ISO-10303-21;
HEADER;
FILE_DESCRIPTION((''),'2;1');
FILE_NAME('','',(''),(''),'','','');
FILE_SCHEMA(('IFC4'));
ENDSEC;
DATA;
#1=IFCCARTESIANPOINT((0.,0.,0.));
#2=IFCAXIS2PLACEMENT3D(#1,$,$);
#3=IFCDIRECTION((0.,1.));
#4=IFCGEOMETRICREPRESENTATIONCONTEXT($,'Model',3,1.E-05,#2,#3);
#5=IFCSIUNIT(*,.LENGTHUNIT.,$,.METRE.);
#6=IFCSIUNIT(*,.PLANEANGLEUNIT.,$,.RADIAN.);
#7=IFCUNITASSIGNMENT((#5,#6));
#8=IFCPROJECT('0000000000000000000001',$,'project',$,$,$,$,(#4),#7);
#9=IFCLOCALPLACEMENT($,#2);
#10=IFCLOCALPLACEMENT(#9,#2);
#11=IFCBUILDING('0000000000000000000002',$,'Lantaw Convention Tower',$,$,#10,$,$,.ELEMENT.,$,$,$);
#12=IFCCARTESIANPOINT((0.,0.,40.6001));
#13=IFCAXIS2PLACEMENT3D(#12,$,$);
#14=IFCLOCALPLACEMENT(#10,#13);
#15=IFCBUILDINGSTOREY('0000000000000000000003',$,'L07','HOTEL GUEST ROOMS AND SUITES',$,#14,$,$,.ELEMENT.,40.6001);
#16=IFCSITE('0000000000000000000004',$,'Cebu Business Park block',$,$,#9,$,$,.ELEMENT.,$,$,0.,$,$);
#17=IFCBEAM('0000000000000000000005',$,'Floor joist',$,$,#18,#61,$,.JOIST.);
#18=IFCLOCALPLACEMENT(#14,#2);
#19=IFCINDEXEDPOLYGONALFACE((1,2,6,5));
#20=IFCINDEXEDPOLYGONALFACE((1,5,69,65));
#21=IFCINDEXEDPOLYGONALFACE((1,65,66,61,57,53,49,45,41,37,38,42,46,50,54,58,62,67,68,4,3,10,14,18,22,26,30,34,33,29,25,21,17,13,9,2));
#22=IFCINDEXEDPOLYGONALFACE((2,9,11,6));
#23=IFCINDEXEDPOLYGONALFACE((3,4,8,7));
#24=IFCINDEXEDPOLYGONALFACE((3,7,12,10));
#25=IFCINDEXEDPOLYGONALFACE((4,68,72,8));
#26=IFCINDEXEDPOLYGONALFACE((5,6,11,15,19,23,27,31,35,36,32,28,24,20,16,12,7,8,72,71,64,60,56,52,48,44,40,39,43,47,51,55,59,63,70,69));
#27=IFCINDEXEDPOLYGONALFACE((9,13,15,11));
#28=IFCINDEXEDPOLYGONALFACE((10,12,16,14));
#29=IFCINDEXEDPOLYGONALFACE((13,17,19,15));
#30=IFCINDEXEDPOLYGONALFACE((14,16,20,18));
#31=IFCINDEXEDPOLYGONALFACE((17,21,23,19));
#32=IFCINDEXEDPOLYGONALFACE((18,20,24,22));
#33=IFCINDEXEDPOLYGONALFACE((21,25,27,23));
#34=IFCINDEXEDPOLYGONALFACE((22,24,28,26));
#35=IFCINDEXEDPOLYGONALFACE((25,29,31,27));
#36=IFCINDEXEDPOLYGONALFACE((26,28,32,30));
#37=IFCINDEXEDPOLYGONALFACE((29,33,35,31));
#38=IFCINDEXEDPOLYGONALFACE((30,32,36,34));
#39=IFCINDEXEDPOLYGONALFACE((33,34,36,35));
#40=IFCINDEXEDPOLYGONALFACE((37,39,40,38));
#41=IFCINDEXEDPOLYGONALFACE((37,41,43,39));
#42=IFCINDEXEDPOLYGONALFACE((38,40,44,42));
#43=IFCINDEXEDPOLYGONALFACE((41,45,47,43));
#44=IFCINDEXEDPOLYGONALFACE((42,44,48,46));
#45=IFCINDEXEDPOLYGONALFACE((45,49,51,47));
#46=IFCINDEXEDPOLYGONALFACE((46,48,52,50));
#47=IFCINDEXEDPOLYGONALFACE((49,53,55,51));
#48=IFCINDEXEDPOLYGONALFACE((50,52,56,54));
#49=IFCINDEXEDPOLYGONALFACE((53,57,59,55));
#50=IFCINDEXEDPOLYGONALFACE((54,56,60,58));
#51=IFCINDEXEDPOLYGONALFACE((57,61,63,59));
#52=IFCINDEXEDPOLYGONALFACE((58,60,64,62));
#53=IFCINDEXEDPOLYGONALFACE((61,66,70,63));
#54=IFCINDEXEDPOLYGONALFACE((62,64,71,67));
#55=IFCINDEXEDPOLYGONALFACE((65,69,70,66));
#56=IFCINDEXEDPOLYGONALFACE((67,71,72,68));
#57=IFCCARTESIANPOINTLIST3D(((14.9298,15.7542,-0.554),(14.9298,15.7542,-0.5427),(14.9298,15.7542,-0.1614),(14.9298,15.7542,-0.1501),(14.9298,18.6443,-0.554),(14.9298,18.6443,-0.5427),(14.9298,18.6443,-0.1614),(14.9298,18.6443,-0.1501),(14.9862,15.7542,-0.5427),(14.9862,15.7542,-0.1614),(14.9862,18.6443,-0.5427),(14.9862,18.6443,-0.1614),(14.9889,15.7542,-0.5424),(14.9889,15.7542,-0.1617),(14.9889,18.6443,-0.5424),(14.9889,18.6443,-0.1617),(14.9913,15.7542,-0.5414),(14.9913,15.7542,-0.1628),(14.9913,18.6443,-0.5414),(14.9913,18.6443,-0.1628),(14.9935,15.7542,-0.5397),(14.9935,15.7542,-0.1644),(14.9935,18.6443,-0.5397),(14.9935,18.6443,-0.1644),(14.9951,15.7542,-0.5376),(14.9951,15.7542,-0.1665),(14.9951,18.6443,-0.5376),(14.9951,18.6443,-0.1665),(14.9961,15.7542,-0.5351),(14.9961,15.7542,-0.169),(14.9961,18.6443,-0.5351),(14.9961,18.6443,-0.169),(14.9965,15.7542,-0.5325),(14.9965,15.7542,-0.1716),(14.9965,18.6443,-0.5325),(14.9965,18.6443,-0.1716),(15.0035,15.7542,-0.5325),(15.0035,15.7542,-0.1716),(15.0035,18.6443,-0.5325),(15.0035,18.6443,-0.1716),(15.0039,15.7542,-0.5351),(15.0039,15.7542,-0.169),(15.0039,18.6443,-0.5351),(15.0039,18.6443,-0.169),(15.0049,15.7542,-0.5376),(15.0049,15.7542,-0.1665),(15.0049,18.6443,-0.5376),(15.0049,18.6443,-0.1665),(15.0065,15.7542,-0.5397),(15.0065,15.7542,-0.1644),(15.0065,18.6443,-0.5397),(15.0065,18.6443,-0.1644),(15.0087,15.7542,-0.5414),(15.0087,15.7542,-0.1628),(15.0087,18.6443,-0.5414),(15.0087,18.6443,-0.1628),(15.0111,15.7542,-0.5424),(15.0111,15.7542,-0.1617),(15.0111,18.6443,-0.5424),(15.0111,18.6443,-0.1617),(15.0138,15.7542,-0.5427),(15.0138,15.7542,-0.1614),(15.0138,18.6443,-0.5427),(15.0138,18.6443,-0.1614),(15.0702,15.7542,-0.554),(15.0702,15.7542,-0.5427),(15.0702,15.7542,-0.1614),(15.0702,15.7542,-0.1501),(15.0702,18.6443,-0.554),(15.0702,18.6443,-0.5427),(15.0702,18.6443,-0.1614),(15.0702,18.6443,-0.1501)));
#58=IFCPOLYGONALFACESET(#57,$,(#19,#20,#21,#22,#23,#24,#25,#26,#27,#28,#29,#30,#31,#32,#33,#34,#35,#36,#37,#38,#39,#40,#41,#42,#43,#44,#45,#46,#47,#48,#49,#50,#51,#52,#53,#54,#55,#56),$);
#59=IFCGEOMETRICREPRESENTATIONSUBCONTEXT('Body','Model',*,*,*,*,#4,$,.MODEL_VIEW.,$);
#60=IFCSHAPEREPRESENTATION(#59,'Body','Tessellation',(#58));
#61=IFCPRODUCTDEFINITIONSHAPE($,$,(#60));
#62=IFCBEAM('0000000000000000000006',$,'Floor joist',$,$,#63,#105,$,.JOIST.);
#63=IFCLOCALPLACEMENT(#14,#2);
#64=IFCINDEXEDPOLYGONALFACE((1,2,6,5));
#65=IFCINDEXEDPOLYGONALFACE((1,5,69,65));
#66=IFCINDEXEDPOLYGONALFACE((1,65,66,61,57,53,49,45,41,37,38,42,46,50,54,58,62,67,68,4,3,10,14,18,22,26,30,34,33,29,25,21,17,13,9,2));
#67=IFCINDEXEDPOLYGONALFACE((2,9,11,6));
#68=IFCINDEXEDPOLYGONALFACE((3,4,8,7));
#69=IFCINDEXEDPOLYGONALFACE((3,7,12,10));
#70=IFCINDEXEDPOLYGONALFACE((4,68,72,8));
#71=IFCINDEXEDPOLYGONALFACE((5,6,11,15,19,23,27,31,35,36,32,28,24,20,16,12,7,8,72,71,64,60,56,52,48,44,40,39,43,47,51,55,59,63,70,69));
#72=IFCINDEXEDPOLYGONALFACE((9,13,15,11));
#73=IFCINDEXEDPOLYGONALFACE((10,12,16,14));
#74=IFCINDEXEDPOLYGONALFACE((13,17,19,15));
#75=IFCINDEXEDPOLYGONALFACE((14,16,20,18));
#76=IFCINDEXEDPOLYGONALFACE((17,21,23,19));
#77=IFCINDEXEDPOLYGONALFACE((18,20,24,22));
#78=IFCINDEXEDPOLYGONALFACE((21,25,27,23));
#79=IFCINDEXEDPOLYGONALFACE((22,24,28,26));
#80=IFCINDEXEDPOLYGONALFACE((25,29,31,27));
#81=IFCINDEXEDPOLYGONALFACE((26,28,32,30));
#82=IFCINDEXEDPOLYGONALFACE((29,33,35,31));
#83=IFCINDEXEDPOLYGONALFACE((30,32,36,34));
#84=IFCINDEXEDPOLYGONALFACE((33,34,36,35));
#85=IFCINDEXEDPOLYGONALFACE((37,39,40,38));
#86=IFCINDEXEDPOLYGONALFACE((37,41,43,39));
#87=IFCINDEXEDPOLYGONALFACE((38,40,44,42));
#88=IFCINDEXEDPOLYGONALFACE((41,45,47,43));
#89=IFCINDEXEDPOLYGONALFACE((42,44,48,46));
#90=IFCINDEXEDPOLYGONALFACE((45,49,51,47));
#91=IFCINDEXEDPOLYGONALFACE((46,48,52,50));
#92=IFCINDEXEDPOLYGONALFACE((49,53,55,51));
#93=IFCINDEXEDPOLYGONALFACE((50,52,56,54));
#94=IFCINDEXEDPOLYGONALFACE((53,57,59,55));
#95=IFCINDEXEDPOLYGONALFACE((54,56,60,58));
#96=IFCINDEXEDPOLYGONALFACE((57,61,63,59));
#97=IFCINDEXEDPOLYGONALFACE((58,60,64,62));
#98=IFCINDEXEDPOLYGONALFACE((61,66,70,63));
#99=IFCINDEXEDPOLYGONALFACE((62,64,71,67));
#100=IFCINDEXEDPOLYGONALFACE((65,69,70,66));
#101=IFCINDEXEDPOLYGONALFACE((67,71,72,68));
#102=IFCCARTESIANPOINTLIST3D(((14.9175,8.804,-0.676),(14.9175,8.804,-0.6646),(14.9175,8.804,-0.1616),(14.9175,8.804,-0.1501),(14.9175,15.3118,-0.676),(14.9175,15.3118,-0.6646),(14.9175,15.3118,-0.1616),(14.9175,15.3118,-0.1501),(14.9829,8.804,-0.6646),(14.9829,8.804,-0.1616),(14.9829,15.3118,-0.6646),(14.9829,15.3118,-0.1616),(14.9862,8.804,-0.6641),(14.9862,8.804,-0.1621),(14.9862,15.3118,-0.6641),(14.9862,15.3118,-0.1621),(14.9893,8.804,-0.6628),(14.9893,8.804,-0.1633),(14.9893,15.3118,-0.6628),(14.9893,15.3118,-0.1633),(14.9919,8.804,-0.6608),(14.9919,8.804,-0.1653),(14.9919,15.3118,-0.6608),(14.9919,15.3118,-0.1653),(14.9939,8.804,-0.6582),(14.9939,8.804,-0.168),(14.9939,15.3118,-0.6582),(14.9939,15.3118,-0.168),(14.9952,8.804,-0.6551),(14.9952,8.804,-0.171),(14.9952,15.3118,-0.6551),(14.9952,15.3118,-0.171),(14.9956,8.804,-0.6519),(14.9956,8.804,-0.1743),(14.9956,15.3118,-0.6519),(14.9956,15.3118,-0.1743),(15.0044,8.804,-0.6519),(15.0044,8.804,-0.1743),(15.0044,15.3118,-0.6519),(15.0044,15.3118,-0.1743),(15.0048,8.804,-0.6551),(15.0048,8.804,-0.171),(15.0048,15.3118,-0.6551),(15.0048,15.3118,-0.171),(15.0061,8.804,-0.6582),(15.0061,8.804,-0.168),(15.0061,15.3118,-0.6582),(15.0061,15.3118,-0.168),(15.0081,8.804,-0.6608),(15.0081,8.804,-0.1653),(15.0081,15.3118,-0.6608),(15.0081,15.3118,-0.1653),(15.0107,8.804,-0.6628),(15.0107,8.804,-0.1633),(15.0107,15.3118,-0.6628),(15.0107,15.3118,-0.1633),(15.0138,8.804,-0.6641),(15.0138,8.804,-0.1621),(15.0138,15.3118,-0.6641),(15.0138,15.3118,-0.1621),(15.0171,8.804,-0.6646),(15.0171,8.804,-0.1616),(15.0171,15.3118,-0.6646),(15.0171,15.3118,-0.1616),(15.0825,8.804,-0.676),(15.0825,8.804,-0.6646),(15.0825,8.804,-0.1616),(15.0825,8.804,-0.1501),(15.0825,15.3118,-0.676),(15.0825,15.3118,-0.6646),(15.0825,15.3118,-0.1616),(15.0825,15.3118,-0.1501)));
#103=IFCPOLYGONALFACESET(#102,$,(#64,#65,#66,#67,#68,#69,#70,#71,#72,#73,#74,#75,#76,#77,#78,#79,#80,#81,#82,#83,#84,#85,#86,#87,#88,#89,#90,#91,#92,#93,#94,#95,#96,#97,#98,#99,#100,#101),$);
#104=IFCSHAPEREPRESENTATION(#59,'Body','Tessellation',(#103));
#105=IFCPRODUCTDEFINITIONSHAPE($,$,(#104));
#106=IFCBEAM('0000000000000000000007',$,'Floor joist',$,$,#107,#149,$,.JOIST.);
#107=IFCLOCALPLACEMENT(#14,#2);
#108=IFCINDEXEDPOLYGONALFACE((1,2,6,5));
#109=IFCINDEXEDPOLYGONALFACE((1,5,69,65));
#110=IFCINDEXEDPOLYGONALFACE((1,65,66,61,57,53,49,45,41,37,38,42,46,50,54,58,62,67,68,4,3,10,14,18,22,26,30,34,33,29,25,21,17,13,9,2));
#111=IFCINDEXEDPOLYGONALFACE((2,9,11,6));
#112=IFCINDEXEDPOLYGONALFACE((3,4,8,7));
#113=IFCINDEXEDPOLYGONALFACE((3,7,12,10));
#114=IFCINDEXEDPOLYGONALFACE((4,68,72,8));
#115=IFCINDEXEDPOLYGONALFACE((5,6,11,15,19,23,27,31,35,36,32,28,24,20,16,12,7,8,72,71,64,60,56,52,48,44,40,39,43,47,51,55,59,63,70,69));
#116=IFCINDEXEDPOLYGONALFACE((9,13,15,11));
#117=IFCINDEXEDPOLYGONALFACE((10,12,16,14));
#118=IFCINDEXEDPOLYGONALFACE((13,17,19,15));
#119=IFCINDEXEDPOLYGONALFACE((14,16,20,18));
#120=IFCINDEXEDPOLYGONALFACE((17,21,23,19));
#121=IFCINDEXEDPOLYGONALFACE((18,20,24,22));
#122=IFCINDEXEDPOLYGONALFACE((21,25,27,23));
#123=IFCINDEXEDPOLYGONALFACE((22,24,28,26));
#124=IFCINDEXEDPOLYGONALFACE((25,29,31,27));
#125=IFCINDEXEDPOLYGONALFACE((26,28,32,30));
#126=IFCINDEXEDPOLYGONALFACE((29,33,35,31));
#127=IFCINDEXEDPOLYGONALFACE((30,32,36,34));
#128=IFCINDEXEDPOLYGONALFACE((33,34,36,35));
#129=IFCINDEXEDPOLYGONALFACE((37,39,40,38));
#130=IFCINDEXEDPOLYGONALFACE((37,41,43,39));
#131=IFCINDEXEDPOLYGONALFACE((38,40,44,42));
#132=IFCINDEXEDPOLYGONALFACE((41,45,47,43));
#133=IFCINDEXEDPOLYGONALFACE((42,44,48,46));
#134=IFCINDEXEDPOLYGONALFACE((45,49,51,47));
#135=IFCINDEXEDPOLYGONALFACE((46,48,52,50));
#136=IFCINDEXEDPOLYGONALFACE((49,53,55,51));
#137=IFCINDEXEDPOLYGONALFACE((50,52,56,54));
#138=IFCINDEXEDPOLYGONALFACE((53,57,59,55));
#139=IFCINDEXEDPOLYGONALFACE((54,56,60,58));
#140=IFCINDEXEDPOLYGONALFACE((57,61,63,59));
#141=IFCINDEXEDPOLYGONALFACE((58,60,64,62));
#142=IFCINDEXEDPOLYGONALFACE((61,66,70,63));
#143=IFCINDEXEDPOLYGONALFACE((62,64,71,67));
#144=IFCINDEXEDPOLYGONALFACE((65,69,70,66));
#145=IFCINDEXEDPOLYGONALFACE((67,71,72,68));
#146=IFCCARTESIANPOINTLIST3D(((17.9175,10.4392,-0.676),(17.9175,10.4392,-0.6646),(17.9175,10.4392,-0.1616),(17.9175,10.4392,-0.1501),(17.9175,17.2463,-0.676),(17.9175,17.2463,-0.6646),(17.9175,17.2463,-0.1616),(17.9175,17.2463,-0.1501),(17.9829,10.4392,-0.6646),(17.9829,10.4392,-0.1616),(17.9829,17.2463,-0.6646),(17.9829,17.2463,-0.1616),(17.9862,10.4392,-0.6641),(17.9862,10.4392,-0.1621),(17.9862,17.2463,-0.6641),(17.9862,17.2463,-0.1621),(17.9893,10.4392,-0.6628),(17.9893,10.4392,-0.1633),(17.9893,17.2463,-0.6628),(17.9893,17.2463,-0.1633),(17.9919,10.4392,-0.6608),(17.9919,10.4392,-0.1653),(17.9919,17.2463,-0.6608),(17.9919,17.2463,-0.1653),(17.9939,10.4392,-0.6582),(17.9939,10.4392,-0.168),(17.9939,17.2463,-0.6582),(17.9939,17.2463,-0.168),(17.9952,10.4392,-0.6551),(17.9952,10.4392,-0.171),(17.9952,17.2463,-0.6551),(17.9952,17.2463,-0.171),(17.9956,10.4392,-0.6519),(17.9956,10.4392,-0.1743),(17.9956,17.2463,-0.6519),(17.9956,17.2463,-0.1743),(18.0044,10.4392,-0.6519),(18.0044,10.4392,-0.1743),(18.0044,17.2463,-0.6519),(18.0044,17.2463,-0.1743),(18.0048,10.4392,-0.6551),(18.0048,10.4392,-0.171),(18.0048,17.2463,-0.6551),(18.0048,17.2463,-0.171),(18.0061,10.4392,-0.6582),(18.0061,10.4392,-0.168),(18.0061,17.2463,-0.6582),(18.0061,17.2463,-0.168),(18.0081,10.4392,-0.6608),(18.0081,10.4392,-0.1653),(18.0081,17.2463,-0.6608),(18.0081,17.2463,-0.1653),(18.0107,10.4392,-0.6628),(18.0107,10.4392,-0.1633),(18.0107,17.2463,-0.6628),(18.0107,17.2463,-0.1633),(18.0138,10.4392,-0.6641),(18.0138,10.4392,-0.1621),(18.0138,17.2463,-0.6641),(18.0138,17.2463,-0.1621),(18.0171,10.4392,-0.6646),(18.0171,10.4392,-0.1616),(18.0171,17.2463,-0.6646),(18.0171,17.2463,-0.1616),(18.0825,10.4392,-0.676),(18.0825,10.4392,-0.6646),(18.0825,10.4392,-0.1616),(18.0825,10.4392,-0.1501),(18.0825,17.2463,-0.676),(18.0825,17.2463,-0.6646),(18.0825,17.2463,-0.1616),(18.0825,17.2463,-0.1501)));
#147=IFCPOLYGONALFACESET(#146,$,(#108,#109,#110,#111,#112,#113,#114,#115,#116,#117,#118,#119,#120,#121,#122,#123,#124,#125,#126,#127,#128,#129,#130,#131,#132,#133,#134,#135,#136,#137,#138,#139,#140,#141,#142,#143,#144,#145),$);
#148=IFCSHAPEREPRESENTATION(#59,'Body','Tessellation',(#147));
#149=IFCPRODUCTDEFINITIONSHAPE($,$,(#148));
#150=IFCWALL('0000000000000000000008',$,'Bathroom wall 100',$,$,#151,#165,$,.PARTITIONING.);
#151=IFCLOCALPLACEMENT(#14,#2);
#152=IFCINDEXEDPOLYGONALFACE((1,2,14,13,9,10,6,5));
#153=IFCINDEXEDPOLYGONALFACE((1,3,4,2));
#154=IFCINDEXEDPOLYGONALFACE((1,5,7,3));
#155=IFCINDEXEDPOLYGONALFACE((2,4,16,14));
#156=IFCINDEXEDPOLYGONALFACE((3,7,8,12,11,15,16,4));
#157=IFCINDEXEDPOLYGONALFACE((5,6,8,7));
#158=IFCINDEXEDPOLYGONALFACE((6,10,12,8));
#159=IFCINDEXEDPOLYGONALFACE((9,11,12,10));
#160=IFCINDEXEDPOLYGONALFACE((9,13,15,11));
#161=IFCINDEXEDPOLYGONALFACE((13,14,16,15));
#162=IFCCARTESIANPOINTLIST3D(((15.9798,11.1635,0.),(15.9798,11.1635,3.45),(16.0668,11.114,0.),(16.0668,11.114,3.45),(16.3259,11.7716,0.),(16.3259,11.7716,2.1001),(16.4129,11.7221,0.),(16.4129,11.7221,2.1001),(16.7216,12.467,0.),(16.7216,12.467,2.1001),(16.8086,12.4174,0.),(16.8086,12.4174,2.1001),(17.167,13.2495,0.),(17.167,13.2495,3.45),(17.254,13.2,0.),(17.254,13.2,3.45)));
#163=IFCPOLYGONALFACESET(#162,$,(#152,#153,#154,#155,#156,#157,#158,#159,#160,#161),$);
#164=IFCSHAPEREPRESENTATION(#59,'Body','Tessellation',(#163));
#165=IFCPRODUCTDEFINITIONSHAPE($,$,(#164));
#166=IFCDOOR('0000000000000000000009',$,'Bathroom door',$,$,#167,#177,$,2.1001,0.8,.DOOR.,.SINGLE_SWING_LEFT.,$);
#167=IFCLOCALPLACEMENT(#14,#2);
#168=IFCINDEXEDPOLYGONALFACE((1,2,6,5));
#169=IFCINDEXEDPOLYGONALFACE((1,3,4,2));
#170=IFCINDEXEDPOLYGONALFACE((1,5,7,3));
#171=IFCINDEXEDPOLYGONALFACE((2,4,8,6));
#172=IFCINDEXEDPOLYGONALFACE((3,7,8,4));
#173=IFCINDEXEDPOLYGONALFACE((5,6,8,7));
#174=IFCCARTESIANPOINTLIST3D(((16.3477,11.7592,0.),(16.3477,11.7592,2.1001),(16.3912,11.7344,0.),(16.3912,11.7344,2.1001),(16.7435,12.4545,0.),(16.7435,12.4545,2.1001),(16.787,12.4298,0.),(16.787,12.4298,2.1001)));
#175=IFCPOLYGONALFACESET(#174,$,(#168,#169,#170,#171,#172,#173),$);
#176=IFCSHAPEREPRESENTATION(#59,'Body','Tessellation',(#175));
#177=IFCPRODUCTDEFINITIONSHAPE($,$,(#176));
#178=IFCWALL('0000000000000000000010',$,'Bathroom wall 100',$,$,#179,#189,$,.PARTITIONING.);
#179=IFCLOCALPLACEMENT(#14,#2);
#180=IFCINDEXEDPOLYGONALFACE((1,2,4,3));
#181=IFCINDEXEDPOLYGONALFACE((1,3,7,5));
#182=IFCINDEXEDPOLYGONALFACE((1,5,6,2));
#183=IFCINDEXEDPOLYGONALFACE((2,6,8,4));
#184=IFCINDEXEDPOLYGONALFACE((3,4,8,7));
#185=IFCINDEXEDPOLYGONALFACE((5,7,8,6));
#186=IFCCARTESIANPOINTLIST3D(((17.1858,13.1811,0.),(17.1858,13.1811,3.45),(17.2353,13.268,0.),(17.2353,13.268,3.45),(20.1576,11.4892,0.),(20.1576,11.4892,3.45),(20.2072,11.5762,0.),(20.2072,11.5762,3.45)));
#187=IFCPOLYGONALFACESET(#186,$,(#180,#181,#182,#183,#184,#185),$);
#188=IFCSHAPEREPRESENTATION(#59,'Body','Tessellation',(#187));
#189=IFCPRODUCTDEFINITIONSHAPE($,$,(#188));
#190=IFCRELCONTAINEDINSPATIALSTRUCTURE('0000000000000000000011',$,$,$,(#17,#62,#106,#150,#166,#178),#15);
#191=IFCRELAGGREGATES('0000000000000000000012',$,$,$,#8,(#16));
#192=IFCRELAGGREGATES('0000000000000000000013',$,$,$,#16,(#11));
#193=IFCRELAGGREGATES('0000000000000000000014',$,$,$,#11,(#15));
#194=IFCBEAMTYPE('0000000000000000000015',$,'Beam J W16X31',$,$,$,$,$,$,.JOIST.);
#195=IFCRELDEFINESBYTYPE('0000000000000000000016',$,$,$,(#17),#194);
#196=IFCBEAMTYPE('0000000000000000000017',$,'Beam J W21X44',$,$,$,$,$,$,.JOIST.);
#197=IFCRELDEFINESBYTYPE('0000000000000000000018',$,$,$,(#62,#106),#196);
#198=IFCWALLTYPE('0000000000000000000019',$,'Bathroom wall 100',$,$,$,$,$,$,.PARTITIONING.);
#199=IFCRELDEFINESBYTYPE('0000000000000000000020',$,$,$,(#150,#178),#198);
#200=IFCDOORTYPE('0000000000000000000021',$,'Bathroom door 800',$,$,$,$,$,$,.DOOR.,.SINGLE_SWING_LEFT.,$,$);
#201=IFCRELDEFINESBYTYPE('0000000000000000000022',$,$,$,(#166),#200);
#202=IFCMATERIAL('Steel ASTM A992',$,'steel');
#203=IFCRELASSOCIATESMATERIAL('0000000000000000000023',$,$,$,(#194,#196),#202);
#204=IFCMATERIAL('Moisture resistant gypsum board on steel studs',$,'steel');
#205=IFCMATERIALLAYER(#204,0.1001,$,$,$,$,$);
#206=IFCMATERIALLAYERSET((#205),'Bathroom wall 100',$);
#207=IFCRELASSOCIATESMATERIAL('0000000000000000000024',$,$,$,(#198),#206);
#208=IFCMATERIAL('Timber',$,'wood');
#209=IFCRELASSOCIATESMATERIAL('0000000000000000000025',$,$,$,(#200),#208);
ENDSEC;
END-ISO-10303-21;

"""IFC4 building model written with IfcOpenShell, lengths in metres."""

from ifc_helpers import new_model, si_unit, direction, frame, frame_2d, origin, origin_2d, place, context, subcontext, project, spatial, rectangle, i_section, extrude, material, layer, layer_set, material_profile, profile_set, type_object, element, fill, save


model = new_model("IFC4")

# Units and contexts
model_context = context("Model", 3, precision=1e-05, world=origin(), true_north=direction((0.0, 1.0)))
body_context = subcontext(model_context, "Body", "Model", "MODEL_VIEW")
ifc_project = project(units=[si_unit("LENGTHUNIT", "METRE"), si_unit("PLANEANGLEUNIT", "RADIAN")], contexts=[model_context])

# Site, building, storey
site_placement = place(None, origin())
site = spatial("IfcSite", under=ifc_project, at=site_placement, Name="Cebu Business Park block", CompositionType="ELEMENT", RefElevation=0.0)
building_placement = place(site_placement, origin())
building = spatial("IfcBuilding", under=site, at=building_placement, Name="Lantaw Convention Tower", CompositionType="ELEMENT")
storey_placement = place(building_placement, frame((0.0, 0.0, 40.6001)))
storey = spatial("IfcBuildingStorey", under=building, at=storey_placement, Name="L07", Description="HOTEL GUEST ROOMS AND SUITES", CompositionType="ELEMENT", Elevation=40.6001)

# Beams
ifc_material_1 = material(Name="Steel ASTM A992", Category="steel")
ifc_material_profile_1 = material_profile(ifc_material_1, i_section(OverallWidth=0.1404, OverallDepth=0.4038, WebThickness=0.0071, FlangeThickness=0.0112, FilletRadius=0.0103, at=origin_2d()), Name="W16X31")
ifc_profile_set_1 = profile_set([ifc_material_profile_1], Name="Steel ASTM A992")
beam_type_1 = type_object("IfcBeamType", Name="Beam J W16X31", PredefinedType="JOIST", material=ifc_profile_set_1)
beam_1_placement = place(storey_placement, frame((15.0, 15.7542, -0.3521), z_axis=(0.0, 1.0, 0.0), x_axis=(-1.0, 0.0, 0.0)))
element("IfcBeam", 1, at=beam_1_placement, inside=storey, type_object=beam_type_1, Name="Floor joist", PredefinedType="JOIST", context=body_context, shape_type="SweptSolid", body=[
    extrude(i_section(OverallWidth=0.1404, OverallDepth=0.4038, WebThickness=0.0071, FlangeThickness=0.0112, FilletRadius=0.0103, at=origin_2d()), origin(), (0.0, 0.0, 1.0), 2.8901),
])
ifc_material_profile_2 = material_profile(ifc_material_1, i_section(OverallWidth=0.165, OverallDepth=0.5259, WebThickness=0.0088, FlangeThickness=0.0115, FilletRadius=0.0127, at=origin_2d()), Name="W21X44")
ifc_profile_set_2 = profile_set([ifc_material_profile_2], Name="Steel ASTM A992")
beam_type_2 = type_object("IfcBeamType", Name="Beam J W21X44", PredefinedType="JOIST", material=ifc_profile_set_2)
beam_2_placement = place(storey_placement, frame((15.0, 8.804, -0.4131), z_axis=(0.0, 1.0, 0.0), x_axis=(-1.0, 0.0, 0.0)))
element("IfcBeam", 2, at=beam_2_placement, inside=storey, type_object=beam_type_2, Name="Floor joist", PredefinedType="JOIST", context=body_context, shape_type="SweptSolid", body=[
    extrude(i_section(OverallWidth=0.165, OverallDepth=0.5259, WebThickness=0.0088, FlangeThickness=0.0115, FilletRadius=0.0127, at=origin_2d()), origin(), (0.0, 0.0, 1.0), 6.5078),
])
beam_3_placement = place(storey_placement, frame((18.0, 10.4392, -0.4131), z_axis=(0.0, 1.0, 0.0), x_axis=(-1.0, 0.0, 0.0)))
element("IfcBeam", 3, at=beam_3_placement, inside=storey, type_object=beam_type_2, Name="Floor joist", PredefinedType="JOIST", context=body_context, shape_type="SweptSolid", body=[
    extrude(i_section(OverallWidth=0.165, OverallDepth=0.5259, WebThickness=0.0088, FlangeThickness=0.0115, FilletRadius=0.0127, at=origin_2d()), origin(), (0.0, 0.0, 1.0), 6.8071),
])

# Wall, opening, door
ifc_material_2 = material(Name="Moisture resistant gypsum board on steel studs", Category="steel")
ifc_layer_1 = layer(ifc_material_2, 0.1001)
ifc_layer_set_1 = layer_set([ifc_layer_1], Name="Bathroom wall 100")
wall_type_1 = type_object("IfcWallType", Name="Bathroom wall 100", PredefinedType="PARTITIONING", material=ifc_layer_set_1)
wall_1_placement = place(storey_placement, frame((16.0232, 11.1387, 0.0), z_axis=(0.0, 0.0, 1.0), x_axis=(0.494659, 0.869087, 0.0)))
wall_1 = element("IfcWall", 4, at=wall_1_placement, inside=storey, type_object=wall_type_1, Name="Bathroom wall 100", PredefinedType="PARTITIONING", context=body_context, shape_type="SweptSolid", body=[
    extrude(rectangle(XDim=2.4001, YDim=0.1001, at=frame_2d((1.2002, 0.0))), origin(), (0.0, 0.0, 1.0), 3.45),
])
opening_1_placement = place(wall_1_placement, frame((0.7, 0.0, 0.0)))
opening_1 = element("IfcOpeningElement", 5, at=opening_1_placement, cuts=wall_1, PredefinedType="OPENING", context=body_context, shape_type="SweptSolid", body=[
    extrude(rectangle(XDim=0.8, YDim=2.1001, at=frame_2d((0.3999, 1.05))), frame((0.0, 0.0601, 0.0), z_axis=(0.0, -1.0, 0.0), x_axis=(1.0, 0.0, 0.0)), (0.0, 0.0, 1.0), 0.1201),
])
ifc_material_3 = material(Name="Timber", Category="wood")
door_type_1 = type_object("IfcDoorType", Name="Bathroom door 800", OperationType="SINGLE_SWING_LEFT", PredefinedType="DOOR", material=ifc_material_3)
door_1_placement = place(opening_1_placement, origin())
door_1 = element("IfcDoor", 6, at=door_1_placement, inside=storey, type_object=door_type_1, Name="Bathroom door", OperationType="SINGLE_SWING_LEFT", OverallHeight=2.1001, OverallWidth=0.8, PredefinedType="DOOR", context=body_context, shape_type="SweptSolid", body=[
    extrude(rectangle(XDim=0.8, YDim=2.1001, at=frame_2d((0.3999, 1.05))), frame((0.0, 0.0249, 0.0), z_axis=(0.0, -1.0, 0.0), x_axis=(1.0, 0.0, 0.0)), (0.0, 0.0, 1.0), 0.05),
])
fill(opening_1, door_1)

# Wall
wall_2_placement = place(storey_placement, frame((17.2104, 13.2246, 0.0), z_axis=(0.0, 0.0, 1.0), x_axis=(0.869042, -0.494739, 0.0)))
element("IfcWall", 7, at=wall_2_placement, inside=storey, type_object=wall_type_1, Name="Bathroom wall 100", PredefinedType="PARTITIONING", context=body_context, shape_type="SweptSolid", body=[
    extrude(rectangle(XDim=3.4197, YDim=0.1001, at=frame_2d((1.71, 0.0))), origin(), (0.0, 0.0, 1.0), 3.45),
])

save(model, "model.ifc")
